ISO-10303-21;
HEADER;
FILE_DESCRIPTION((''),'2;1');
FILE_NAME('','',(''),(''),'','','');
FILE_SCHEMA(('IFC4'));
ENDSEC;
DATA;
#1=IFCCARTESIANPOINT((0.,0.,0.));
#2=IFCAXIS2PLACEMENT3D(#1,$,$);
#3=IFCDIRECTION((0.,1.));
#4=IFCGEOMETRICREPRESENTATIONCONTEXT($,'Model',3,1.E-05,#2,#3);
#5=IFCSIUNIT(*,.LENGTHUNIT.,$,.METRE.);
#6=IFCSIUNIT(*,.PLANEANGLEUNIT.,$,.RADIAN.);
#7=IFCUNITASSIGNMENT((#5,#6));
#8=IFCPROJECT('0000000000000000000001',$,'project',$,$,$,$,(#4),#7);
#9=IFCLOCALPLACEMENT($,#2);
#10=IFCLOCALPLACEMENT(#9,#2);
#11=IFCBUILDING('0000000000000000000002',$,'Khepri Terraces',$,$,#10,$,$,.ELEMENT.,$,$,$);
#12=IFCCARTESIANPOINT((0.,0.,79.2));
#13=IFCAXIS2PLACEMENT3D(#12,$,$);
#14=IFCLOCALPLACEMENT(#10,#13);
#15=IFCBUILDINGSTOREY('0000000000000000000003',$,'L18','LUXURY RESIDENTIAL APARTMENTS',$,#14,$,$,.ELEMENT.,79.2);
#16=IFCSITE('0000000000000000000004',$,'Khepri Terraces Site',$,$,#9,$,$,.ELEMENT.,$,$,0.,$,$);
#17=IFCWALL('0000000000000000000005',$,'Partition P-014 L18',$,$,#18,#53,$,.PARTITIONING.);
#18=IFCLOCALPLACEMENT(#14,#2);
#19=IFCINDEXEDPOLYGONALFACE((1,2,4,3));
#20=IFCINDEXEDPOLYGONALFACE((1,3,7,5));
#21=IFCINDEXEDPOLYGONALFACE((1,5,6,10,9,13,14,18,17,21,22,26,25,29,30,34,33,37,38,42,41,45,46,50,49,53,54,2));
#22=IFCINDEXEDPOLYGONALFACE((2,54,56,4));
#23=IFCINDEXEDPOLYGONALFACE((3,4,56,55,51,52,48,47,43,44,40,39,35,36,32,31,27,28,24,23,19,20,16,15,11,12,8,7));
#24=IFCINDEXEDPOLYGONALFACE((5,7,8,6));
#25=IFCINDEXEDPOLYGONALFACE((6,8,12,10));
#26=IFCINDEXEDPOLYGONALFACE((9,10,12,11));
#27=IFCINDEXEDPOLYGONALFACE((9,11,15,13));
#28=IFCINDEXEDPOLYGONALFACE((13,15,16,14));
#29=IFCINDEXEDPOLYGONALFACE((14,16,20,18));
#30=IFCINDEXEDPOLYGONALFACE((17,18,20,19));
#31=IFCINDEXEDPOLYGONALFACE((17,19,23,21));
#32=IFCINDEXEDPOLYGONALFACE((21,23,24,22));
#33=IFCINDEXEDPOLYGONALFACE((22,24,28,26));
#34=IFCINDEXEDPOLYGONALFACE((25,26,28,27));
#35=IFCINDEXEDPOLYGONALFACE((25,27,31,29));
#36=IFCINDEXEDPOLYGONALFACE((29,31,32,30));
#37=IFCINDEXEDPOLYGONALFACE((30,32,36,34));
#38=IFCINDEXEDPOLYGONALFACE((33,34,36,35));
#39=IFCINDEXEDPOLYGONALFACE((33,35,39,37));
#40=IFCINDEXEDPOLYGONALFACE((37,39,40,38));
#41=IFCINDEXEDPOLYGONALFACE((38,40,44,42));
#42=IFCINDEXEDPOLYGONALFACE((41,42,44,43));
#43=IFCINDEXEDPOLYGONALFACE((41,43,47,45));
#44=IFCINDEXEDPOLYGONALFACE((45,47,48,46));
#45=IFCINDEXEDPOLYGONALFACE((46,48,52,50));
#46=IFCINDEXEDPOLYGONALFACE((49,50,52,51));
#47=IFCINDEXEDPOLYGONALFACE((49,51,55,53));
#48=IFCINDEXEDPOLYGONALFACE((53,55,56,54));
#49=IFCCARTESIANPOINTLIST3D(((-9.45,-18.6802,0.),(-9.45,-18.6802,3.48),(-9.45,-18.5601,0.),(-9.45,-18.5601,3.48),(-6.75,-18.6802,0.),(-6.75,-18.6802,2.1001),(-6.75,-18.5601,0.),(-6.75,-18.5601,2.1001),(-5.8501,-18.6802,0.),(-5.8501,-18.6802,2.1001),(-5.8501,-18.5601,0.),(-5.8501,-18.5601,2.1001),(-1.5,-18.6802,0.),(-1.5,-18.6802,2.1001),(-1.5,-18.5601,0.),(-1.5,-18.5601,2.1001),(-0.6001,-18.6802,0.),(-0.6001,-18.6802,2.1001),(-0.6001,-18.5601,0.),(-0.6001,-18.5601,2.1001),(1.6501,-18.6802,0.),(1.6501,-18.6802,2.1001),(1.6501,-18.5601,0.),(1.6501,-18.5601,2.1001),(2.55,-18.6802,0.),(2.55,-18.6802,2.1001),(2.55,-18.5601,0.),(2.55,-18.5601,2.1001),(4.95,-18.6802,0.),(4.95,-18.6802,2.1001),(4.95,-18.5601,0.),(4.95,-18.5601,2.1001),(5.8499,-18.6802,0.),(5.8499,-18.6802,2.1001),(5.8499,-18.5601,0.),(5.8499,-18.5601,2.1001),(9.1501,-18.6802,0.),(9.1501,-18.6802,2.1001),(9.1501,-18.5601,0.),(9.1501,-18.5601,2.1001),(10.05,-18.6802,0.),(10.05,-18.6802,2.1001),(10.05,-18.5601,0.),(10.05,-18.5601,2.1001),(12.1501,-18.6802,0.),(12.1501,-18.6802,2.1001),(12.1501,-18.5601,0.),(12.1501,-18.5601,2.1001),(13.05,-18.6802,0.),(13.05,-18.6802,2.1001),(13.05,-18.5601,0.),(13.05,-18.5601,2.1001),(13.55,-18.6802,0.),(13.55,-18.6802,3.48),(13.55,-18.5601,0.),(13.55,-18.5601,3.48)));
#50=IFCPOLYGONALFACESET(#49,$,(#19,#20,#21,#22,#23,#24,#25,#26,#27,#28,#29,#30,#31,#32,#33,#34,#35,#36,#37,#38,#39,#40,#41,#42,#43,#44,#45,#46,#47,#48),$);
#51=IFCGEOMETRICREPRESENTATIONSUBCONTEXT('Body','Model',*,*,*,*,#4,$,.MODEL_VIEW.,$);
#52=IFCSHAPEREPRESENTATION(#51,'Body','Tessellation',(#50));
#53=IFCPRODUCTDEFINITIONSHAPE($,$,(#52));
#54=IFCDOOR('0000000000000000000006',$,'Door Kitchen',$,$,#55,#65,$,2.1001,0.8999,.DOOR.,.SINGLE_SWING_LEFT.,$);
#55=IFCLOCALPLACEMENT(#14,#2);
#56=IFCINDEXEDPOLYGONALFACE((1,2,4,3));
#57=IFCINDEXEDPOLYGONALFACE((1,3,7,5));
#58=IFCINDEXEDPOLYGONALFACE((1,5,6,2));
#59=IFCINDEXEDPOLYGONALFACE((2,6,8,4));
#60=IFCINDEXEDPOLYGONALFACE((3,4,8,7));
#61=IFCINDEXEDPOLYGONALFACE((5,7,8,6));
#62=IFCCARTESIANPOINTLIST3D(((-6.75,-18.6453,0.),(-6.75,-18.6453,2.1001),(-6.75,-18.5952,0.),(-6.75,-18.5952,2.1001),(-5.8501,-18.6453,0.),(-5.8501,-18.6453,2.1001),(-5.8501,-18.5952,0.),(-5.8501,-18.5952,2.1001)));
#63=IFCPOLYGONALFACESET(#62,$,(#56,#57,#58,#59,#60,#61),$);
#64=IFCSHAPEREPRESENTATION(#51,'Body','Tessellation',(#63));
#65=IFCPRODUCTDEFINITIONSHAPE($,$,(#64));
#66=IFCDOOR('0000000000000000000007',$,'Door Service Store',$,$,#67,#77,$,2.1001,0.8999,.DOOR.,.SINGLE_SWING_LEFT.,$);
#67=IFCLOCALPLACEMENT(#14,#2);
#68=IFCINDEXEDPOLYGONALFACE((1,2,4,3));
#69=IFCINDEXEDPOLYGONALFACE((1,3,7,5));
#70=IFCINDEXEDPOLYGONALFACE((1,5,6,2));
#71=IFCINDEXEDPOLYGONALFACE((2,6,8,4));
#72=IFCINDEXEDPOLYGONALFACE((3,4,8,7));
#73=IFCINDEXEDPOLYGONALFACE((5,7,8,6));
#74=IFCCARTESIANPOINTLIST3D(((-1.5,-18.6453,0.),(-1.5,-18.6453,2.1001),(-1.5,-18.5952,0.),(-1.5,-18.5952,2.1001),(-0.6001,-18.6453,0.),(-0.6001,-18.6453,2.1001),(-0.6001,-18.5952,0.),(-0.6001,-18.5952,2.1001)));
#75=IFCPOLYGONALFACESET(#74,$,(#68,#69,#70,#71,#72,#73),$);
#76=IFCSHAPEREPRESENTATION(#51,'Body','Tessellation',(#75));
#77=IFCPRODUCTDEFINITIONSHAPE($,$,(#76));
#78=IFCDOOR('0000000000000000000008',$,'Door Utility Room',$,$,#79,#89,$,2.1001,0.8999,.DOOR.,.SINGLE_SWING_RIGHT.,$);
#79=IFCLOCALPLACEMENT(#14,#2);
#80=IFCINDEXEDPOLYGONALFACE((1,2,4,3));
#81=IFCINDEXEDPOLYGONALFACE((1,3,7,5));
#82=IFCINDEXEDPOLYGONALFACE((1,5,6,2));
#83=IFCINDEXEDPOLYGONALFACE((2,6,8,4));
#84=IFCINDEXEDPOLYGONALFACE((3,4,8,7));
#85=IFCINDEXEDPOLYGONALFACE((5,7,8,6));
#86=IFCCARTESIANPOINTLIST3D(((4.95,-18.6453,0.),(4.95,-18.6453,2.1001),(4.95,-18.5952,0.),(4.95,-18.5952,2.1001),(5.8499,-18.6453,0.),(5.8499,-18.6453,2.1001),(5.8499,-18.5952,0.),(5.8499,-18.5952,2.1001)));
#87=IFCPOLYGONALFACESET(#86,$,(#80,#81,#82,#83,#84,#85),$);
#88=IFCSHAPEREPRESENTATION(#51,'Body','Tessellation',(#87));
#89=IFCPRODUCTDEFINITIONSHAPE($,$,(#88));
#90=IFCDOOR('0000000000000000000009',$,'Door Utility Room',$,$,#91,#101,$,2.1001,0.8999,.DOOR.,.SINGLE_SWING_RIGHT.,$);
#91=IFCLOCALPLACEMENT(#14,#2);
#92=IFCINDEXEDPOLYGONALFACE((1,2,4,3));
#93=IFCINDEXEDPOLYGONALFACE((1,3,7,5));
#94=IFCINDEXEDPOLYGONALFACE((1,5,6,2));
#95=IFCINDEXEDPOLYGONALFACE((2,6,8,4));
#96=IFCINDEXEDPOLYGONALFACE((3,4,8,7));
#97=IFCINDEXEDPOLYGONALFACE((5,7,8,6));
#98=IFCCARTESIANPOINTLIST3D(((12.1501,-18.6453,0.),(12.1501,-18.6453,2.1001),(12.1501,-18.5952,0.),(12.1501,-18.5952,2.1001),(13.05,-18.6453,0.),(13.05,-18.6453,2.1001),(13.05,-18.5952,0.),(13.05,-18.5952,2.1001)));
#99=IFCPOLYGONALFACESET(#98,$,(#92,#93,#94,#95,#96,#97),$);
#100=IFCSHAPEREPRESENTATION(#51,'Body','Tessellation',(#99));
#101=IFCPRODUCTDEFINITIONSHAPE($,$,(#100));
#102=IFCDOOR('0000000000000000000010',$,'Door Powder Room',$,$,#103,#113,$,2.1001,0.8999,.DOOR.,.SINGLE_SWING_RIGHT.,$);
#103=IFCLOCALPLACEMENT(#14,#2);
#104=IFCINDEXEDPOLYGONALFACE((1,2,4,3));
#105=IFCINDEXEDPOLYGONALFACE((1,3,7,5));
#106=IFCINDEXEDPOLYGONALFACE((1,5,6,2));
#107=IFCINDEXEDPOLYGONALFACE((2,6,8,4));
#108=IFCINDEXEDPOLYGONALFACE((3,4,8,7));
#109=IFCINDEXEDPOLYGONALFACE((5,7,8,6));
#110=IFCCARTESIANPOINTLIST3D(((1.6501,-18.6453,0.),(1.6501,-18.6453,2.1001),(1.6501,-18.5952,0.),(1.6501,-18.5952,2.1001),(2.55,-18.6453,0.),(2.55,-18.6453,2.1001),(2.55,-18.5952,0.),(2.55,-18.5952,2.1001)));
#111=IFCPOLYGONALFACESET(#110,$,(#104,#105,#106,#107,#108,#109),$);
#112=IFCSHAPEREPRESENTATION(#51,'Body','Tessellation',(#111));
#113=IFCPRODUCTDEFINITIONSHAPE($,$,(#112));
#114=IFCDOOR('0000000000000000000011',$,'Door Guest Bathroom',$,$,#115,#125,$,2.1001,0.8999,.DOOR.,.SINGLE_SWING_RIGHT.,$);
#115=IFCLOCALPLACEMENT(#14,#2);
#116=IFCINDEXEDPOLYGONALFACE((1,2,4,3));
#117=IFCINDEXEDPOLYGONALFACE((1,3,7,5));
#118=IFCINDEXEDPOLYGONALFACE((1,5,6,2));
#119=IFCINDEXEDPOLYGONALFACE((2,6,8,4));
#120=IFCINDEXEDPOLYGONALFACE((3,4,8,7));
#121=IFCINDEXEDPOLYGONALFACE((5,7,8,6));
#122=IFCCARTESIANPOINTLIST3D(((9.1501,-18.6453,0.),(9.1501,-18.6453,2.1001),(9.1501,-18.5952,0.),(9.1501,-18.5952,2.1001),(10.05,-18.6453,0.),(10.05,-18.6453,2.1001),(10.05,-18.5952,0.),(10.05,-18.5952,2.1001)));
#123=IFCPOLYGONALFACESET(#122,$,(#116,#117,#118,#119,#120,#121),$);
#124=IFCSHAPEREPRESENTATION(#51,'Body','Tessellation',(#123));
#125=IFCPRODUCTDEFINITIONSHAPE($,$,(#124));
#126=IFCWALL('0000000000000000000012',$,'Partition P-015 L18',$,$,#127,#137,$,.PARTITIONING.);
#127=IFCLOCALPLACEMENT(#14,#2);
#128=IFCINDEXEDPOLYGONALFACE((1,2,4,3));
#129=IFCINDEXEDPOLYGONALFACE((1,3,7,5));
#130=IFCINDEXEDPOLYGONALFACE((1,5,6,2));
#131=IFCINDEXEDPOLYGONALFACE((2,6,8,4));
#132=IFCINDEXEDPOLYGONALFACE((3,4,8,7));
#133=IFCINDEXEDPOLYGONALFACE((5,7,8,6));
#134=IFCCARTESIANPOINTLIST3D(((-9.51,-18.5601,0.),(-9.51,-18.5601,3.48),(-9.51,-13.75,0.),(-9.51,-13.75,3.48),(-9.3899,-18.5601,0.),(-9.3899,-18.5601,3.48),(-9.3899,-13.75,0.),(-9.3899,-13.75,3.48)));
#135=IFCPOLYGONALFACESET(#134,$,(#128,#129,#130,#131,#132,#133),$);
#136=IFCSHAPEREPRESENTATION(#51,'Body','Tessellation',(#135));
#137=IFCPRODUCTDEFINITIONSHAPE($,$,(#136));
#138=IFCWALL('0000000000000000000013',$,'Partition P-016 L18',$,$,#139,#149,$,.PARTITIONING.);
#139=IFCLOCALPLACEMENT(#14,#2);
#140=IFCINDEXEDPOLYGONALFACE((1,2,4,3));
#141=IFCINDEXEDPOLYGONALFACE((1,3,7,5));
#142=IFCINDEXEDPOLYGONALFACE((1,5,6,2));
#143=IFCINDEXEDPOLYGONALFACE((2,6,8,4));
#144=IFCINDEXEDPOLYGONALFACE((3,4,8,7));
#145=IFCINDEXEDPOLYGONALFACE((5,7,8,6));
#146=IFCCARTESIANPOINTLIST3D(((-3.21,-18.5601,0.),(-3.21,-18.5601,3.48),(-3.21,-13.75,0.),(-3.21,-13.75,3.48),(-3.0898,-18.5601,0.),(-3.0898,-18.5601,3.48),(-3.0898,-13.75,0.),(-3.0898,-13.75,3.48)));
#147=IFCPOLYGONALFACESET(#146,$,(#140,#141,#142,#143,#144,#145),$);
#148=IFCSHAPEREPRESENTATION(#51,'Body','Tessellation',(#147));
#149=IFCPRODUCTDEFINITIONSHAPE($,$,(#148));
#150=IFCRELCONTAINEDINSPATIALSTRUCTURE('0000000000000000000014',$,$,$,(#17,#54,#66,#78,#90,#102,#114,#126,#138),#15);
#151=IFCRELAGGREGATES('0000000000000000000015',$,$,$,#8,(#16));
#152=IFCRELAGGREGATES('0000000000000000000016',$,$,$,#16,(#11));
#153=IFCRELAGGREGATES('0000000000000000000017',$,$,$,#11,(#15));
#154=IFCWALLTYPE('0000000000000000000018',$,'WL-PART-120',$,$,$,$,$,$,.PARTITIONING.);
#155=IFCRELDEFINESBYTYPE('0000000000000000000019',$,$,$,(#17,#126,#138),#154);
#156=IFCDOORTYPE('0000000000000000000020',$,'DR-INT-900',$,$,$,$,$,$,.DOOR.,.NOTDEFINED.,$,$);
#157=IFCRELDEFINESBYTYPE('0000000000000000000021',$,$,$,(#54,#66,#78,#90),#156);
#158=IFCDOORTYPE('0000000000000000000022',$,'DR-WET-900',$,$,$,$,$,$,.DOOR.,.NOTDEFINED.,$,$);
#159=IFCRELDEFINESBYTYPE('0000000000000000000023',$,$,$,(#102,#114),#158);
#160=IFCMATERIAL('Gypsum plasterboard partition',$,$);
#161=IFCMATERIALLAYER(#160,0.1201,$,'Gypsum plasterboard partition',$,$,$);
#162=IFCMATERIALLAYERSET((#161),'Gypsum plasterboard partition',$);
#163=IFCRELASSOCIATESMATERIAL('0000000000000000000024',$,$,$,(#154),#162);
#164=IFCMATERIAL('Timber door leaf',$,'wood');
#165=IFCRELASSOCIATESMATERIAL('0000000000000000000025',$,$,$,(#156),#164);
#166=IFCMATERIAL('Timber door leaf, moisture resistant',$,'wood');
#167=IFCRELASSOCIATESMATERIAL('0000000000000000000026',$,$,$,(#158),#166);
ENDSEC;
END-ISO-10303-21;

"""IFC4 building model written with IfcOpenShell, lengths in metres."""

from ifc_helpers import new_model, si_unit, direction, frame, frame_2d, origin, place, context, subcontext, project, spatial, rectangle, extrude, material, layer, layer_set, type_object, element, fill, save


model = new_model("IFC4")

# Units and contexts
model_context = context("Model", 3, precision=1e-05, world=origin(), true_north=direction((0.0, 1.0)))
body_context = subcontext(model_context, "Body", "Model", "MODEL_VIEW")
ifc_project = project(units=[si_unit("LENGTHUNIT", "METRE"), si_unit("PLANEANGLEUNIT", "RADIAN")], contexts=[model_context])

# Site, building, storey
site_placement = place(None, origin())
site = spatial("IfcSite", under=ifc_project, at=site_placement, Name="Khepri Terraces Site", CompositionType="ELEMENT", RefElevation=0.0)
building_placement = place(site_placement, origin())
building = spatial("IfcBuilding", under=site, at=building_placement, Name="Khepri Terraces", CompositionType="ELEMENT")
storey_placement = place(building_placement, frame((0.0, 0.0, 79.2)))
storey = spatial("IfcBuildingStorey", under=building, at=storey_placement, Name="L18", Description="LUXURY RESIDENTIAL APARTMENTS", CompositionType="ELEMENT", Elevation=79.2)

# Shared definitions
ifc_material_1 = material(Name="Gypsum plasterboard partition")
ifc_layer_1 = layer(ifc_material_1, 0.1201, Name="Gypsum plasterboard partition")
ifc_layer_set_1 = layer_set([ifc_layer_1], Name="Gypsum plasterboard partition")
wall_type_1 = type_object("IfcWallType", Name="WL-PART-120", PredefinedType="PARTITIONING", material=ifc_layer_set_1)

# Shared definitions
ifc_material_2 = material(Name="Timber door leaf", Category="wood")
door_type_1 = type_object("IfcDoorType", Name="DR-INT-900", OperationType="NOTDEFINED", PredefinedType="DOOR", material=ifc_material_2)
ifc_material_3 = material(Name="Timber door leaf, moisture resistant", Category="wood")
door_type_2 = type_object("IfcDoorType", Name="DR-WET-900", OperationType="NOTDEFINED", PredefinedType="DOOR", material=ifc_material_3)

# Wall, openings, doors
wall_1_placement = place(storey_placement, frame((-9.45, -18.6201, 0.0), z_axis=(0.0, 0.0, 1.0), x_axis=(1.0, 0.0, 0.0)))
wall_1 = element("IfcWall", 1, at=wall_1_placement, inside=storey, type_object=wall_type_1, Name="Partition P-014 L18", PredefinedType="PARTITIONING", context=body_context, shape_type="SweptSolid", body=[
    extrude(rectangle(XDim=23.0, YDim=0.1201, at=frame_2d((11.5, 0.0))), origin(), (0.0, 0.0, 1.0), 3.48),
])
opening_1_placement = place(wall_1_placement, frame((2.7, 0.0, 0.0)))
opening_1 = element("IfcOpeningElement", 2, at=opening_1_placement, cuts=wall_1, PredefinedType="OPENING", context=body_context, shape_type="SweptSolid", body=[
    extrude(rectangle(XDim=0.8999, YDim=2.1001, at=frame_2d((0.45, 1.05))), frame((0.0, 0.0701, 0.0), z_axis=(0.0, -1.0, 0.0), x_axis=(1.0, 0.0, 0.0)), (0.0, 0.0, 1.0), 0.1401),
])
opening_2_placement = place(wall_1_placement, frame((7.95, 0.0, 0.0)))
opening_2 = element("IfcOpeningElement", 3, at=opening_2_placement, cuts=wall_1, PredefinedType="OPENING", context=body_context, shape_type="SweptSolid", body=[
    extrude(rectangle(XDim=0.8999, YDim=2.1001, at=frame_2d((0.45, 1.05))), frame((0.0, 0.0701, 0.0), z_axis=(0.0, -1.0, 0.0), x_axis=(1.0, 0.0, 0.0)), (0.0, 0.0, 1.0), 0.1401),
])
opening_3_placement = place(wall_1_placement, frame((11.1001, 0.0, 0.0)))
opening_3 = element("IfcOpeningElement", 4, at=opening_3_placement, cuts=wall_1, PredefinedType="OPENING", context=body_context, shape_type="SweptSolid", body=[
    extrude(rectangle(XDim=0.8999, YDim=2.1001, at=frame_2d((0.45, 1.05))), frame((0.0, 0.0701, 0.0), z_axis=(0.0, -1.0, 0.0), x_axis=(1.0, 0.0, 0.0)), (0.0, 0.0, 1.0), 0.1401),
])
opening_4_placement = place(wall_1_placement, frame((14.3999, 0.0, 0.0)))
opening_4 = element("IfcOpeningElement", 5, at=opening_4_placement, cuts=wall_1, PredefinedType="OPENING", context=body_context, shape_type="SweptSolid", body=[
    extrude(rectangle(XDim=0.8999, YDim=2.1001, at=frame_2d((0.45, 1.05))), frame((0.0, 0.0701, 0.0), z_axis=(0.0, -1.0, 0.0), x_axis=(1.0, 0.0, 0.0)), (0.0, 0.0, 1.0), 0.1401),
])
opening_5_placement = place(wall_1_placement, frame((18.6001, 0.0, 0.0)))
opening_5 = element("IfcOpeningElement", 6, at=opening_5_placement, cuts=wall_1, PredefinedType="OPENING", context=body_context, shape_type="SweptSolid", body=[
    extrude(rectangle(XDim=0.8999, YDim=2.1001, at=frame_2d((0.45, 1.05))), frame((0.0, 0.0701, 0.0), z_axis=(0.0, -1.0, 0.0), x_axis=(1.0, 0.0, 0.0)), (0.0, 0.0, 1.0), 0.1401),
])
opening_6_placement = place(wall_1_placement, frame((21.6001, 0.0, 0.0)))
opening_6 = element("IfcOpeningElement", 7, at=opening_6_placement, cuts=wall_1, PredefinedType="OPENING", context=body_context, shape_type="SweptSolid", body=[
    extrude(rectangle(XDim=0.8999, YDim=2.1001, at=frame_2d((0.45, 1.05))), frame((0.0, 0.0701, 0.0), z_axis=(0.0, -1.0, 0.0), x_axis=(1.0, 0.0, 0.0)), (0.0, 0.0, 1.0), 0.1401),
])
door_1_placement = place(opening_1_placement, origin())
door_1 = element("IfcDoor", 8, at=door_1_placement, inside=storey, type_object=door_type_1, Name="Door Kitchen", OperationType="SINGLE_SWING_LEFT", OverallHeight=2.1001, OverallWidth=0.8999, PredefinedType="DOOR", context=body_context, shape_type="SweptSolid", body=[
    extrude(rectangle(XDim=0.8999, YDim=2.1001, at=frame_2d((0.45, 1.05))), frame((0.0, 0.0249, 0.0), z_axis=(0.0, -1.0, 0.0), x_axis=(1.0, 0.0, 0.0)), (0.0, 0.0, 1.0), 0.05),
])
fill(opening_1, door_1)
door_2_placement = place(opening_2_placement, origin())
door_2 = element("IfcDoor", 9, at=door_2_placement, inside=storey, type_object=door_type_1, Name="Door Service Store", OperationType="SINGLE_SWING_LEFT", OverallHeight=2.1001, OverallWidth=0.8999, PredefinedType="DOOR", context=body_context, shape_type="SweptSolid", body=[
    extrude(rectangle(XDim=0.8999, YDim=2.1001, at=frame_2d((0.45, 1.05))), frame((0.0, 0.0249, 0.0), z_axis=(0.0, -1.0, 0.0), x_axis=(1.0, 0.0, 0.0)), (0.0, 0.0, 1.0), 0.05),
])
fill(opening_2, door_2)
door_3_placement = place(opening_4_placement, origin())
door_3 = element("IfcDoor", 10, at=door_3_placement, inside=storey, type_object=door_type_1, Name="Door Utility Room", OperationType="SINGLE_SWING_RIGHT", OverallHeight=2.1001, OverallWidth=0.8999, PredefinedType="DOOR", context=body_context, shape_type="SweptSolid", body=[
    extrude(rectangle(XDim=0.8999, YDim=2.1001, at=frame_2d((0.45, 1.05))), frame((0.0, 0.0249, 0.0), z_axis=(0.0, -1.0, 0.0), x_axis=(1.0, 0.0, 0.0)), (0.0, 0.0, 1.0), 0.05),
])
fill(opening_4, door_3)
door_4_placement = place(opening_6_placement, origin())
door_4 = element("IfcDoor", 11, at=door_4_placement, inside=storey, type_object=door_type_1, Name="Door Utility Room", OperationType="SINGLE_SWING_RIGHT", OverallHeight=2.1001, OverallWidth=0.8999, PredefinedType="DOOR", context=body_context, shape_type="SweptSolid", body=[
    extrude(rectangle(XDim=0.8999, YDim=2.1001, at=frame_2d((0.45, 1.05))), frame((0.0, 0.0249, 0.0), z_axis=(0.0, -1.0, 0.0), x_axis=(1.0, 0.0, 0.0)), (0.0, 0.0, 1.0), 0.05),
])
fill(opening_6, door_4)
door_5_placement = place(opening_3_placement, origin())
door_5 = element("IfcDoor", 12, at=door_5_placement, inside=storey, type_object=door_type_2, Name="Door Powder Room", OperationType="SINGLE_SWING_RIGHT", OverallHeight=2.1001, OverallWidth=0.8999, PredefinedType="DOOR", context=body_context, shape_type="SweptSolid", body=[
    extrude(rectangle(XDim=0.8999, YDim=2.1001, at=frame_2d((0.45, 1.05))), frame((0.0, 0.0249, 0.0), z_axis=(0.0, -1.0, 0.0), x_axis=(1.0, 0.0, 0.0)), (0.0, 0.0, 1.0), 0.05),
])
fill(opening_3, door_5)
door_6_placement = place(opening_5_placement, origin())
door_6 = element("IfcDoor", 13, at=door_6_placement, inside=storey, type_object=door_type_2, Name="Door Guest Bathroom", OperationType="SINGLE_SWING_RIGHT", OverallHeight=2.1001, OverallWidth=0.8999, PredefinedType="DOOR", context=body_context, shape_type="SweptSolid", body=[
    extrude(rectangle(XDim=0.8999, YDim=2.1001, at=frame_2d((0.45, 1.05))), frame((0.0, 0.0249, 0.0), z_axis=(0.0, -1.0, 0.0), x_axis=(1.0, 0.0, 0.0)), (0.0, 0.0, 1.0), 0.05),
])
fill(opening_5, door_6)

# Walls
for number, where, z_axis, x_axis, name in (
    (14, (-9.45, -18.5601, 0.0), (0.0, 0.0, 1.0), (0.0, 1.0, 0.0), "Partition P-015 L18"),
    (15, (-3.1499, -18.5601, 0.0), (0.0, 0.0, 1.0), (0.0, 1.0, 0.0), "Partition P-016 L18"),
):
    element("IfcWall", number, at=place(storey_placement, frame(where, z_axis=z_axis, x_axis=x_axis)), inside=storey, type_object=wall_type_1, Name=name, PredefinedType="PARTITIONING", context=body_context, shape_type="SweptSolid", body=[
        extrude(rectangle(XDim=4.8101, YDim=0.1201, at=frame_2d((2.405, 0.0))), origin(), (0.0, 0.0, 1.0), 3.48),
    ])

save(model, "model.ifc")
